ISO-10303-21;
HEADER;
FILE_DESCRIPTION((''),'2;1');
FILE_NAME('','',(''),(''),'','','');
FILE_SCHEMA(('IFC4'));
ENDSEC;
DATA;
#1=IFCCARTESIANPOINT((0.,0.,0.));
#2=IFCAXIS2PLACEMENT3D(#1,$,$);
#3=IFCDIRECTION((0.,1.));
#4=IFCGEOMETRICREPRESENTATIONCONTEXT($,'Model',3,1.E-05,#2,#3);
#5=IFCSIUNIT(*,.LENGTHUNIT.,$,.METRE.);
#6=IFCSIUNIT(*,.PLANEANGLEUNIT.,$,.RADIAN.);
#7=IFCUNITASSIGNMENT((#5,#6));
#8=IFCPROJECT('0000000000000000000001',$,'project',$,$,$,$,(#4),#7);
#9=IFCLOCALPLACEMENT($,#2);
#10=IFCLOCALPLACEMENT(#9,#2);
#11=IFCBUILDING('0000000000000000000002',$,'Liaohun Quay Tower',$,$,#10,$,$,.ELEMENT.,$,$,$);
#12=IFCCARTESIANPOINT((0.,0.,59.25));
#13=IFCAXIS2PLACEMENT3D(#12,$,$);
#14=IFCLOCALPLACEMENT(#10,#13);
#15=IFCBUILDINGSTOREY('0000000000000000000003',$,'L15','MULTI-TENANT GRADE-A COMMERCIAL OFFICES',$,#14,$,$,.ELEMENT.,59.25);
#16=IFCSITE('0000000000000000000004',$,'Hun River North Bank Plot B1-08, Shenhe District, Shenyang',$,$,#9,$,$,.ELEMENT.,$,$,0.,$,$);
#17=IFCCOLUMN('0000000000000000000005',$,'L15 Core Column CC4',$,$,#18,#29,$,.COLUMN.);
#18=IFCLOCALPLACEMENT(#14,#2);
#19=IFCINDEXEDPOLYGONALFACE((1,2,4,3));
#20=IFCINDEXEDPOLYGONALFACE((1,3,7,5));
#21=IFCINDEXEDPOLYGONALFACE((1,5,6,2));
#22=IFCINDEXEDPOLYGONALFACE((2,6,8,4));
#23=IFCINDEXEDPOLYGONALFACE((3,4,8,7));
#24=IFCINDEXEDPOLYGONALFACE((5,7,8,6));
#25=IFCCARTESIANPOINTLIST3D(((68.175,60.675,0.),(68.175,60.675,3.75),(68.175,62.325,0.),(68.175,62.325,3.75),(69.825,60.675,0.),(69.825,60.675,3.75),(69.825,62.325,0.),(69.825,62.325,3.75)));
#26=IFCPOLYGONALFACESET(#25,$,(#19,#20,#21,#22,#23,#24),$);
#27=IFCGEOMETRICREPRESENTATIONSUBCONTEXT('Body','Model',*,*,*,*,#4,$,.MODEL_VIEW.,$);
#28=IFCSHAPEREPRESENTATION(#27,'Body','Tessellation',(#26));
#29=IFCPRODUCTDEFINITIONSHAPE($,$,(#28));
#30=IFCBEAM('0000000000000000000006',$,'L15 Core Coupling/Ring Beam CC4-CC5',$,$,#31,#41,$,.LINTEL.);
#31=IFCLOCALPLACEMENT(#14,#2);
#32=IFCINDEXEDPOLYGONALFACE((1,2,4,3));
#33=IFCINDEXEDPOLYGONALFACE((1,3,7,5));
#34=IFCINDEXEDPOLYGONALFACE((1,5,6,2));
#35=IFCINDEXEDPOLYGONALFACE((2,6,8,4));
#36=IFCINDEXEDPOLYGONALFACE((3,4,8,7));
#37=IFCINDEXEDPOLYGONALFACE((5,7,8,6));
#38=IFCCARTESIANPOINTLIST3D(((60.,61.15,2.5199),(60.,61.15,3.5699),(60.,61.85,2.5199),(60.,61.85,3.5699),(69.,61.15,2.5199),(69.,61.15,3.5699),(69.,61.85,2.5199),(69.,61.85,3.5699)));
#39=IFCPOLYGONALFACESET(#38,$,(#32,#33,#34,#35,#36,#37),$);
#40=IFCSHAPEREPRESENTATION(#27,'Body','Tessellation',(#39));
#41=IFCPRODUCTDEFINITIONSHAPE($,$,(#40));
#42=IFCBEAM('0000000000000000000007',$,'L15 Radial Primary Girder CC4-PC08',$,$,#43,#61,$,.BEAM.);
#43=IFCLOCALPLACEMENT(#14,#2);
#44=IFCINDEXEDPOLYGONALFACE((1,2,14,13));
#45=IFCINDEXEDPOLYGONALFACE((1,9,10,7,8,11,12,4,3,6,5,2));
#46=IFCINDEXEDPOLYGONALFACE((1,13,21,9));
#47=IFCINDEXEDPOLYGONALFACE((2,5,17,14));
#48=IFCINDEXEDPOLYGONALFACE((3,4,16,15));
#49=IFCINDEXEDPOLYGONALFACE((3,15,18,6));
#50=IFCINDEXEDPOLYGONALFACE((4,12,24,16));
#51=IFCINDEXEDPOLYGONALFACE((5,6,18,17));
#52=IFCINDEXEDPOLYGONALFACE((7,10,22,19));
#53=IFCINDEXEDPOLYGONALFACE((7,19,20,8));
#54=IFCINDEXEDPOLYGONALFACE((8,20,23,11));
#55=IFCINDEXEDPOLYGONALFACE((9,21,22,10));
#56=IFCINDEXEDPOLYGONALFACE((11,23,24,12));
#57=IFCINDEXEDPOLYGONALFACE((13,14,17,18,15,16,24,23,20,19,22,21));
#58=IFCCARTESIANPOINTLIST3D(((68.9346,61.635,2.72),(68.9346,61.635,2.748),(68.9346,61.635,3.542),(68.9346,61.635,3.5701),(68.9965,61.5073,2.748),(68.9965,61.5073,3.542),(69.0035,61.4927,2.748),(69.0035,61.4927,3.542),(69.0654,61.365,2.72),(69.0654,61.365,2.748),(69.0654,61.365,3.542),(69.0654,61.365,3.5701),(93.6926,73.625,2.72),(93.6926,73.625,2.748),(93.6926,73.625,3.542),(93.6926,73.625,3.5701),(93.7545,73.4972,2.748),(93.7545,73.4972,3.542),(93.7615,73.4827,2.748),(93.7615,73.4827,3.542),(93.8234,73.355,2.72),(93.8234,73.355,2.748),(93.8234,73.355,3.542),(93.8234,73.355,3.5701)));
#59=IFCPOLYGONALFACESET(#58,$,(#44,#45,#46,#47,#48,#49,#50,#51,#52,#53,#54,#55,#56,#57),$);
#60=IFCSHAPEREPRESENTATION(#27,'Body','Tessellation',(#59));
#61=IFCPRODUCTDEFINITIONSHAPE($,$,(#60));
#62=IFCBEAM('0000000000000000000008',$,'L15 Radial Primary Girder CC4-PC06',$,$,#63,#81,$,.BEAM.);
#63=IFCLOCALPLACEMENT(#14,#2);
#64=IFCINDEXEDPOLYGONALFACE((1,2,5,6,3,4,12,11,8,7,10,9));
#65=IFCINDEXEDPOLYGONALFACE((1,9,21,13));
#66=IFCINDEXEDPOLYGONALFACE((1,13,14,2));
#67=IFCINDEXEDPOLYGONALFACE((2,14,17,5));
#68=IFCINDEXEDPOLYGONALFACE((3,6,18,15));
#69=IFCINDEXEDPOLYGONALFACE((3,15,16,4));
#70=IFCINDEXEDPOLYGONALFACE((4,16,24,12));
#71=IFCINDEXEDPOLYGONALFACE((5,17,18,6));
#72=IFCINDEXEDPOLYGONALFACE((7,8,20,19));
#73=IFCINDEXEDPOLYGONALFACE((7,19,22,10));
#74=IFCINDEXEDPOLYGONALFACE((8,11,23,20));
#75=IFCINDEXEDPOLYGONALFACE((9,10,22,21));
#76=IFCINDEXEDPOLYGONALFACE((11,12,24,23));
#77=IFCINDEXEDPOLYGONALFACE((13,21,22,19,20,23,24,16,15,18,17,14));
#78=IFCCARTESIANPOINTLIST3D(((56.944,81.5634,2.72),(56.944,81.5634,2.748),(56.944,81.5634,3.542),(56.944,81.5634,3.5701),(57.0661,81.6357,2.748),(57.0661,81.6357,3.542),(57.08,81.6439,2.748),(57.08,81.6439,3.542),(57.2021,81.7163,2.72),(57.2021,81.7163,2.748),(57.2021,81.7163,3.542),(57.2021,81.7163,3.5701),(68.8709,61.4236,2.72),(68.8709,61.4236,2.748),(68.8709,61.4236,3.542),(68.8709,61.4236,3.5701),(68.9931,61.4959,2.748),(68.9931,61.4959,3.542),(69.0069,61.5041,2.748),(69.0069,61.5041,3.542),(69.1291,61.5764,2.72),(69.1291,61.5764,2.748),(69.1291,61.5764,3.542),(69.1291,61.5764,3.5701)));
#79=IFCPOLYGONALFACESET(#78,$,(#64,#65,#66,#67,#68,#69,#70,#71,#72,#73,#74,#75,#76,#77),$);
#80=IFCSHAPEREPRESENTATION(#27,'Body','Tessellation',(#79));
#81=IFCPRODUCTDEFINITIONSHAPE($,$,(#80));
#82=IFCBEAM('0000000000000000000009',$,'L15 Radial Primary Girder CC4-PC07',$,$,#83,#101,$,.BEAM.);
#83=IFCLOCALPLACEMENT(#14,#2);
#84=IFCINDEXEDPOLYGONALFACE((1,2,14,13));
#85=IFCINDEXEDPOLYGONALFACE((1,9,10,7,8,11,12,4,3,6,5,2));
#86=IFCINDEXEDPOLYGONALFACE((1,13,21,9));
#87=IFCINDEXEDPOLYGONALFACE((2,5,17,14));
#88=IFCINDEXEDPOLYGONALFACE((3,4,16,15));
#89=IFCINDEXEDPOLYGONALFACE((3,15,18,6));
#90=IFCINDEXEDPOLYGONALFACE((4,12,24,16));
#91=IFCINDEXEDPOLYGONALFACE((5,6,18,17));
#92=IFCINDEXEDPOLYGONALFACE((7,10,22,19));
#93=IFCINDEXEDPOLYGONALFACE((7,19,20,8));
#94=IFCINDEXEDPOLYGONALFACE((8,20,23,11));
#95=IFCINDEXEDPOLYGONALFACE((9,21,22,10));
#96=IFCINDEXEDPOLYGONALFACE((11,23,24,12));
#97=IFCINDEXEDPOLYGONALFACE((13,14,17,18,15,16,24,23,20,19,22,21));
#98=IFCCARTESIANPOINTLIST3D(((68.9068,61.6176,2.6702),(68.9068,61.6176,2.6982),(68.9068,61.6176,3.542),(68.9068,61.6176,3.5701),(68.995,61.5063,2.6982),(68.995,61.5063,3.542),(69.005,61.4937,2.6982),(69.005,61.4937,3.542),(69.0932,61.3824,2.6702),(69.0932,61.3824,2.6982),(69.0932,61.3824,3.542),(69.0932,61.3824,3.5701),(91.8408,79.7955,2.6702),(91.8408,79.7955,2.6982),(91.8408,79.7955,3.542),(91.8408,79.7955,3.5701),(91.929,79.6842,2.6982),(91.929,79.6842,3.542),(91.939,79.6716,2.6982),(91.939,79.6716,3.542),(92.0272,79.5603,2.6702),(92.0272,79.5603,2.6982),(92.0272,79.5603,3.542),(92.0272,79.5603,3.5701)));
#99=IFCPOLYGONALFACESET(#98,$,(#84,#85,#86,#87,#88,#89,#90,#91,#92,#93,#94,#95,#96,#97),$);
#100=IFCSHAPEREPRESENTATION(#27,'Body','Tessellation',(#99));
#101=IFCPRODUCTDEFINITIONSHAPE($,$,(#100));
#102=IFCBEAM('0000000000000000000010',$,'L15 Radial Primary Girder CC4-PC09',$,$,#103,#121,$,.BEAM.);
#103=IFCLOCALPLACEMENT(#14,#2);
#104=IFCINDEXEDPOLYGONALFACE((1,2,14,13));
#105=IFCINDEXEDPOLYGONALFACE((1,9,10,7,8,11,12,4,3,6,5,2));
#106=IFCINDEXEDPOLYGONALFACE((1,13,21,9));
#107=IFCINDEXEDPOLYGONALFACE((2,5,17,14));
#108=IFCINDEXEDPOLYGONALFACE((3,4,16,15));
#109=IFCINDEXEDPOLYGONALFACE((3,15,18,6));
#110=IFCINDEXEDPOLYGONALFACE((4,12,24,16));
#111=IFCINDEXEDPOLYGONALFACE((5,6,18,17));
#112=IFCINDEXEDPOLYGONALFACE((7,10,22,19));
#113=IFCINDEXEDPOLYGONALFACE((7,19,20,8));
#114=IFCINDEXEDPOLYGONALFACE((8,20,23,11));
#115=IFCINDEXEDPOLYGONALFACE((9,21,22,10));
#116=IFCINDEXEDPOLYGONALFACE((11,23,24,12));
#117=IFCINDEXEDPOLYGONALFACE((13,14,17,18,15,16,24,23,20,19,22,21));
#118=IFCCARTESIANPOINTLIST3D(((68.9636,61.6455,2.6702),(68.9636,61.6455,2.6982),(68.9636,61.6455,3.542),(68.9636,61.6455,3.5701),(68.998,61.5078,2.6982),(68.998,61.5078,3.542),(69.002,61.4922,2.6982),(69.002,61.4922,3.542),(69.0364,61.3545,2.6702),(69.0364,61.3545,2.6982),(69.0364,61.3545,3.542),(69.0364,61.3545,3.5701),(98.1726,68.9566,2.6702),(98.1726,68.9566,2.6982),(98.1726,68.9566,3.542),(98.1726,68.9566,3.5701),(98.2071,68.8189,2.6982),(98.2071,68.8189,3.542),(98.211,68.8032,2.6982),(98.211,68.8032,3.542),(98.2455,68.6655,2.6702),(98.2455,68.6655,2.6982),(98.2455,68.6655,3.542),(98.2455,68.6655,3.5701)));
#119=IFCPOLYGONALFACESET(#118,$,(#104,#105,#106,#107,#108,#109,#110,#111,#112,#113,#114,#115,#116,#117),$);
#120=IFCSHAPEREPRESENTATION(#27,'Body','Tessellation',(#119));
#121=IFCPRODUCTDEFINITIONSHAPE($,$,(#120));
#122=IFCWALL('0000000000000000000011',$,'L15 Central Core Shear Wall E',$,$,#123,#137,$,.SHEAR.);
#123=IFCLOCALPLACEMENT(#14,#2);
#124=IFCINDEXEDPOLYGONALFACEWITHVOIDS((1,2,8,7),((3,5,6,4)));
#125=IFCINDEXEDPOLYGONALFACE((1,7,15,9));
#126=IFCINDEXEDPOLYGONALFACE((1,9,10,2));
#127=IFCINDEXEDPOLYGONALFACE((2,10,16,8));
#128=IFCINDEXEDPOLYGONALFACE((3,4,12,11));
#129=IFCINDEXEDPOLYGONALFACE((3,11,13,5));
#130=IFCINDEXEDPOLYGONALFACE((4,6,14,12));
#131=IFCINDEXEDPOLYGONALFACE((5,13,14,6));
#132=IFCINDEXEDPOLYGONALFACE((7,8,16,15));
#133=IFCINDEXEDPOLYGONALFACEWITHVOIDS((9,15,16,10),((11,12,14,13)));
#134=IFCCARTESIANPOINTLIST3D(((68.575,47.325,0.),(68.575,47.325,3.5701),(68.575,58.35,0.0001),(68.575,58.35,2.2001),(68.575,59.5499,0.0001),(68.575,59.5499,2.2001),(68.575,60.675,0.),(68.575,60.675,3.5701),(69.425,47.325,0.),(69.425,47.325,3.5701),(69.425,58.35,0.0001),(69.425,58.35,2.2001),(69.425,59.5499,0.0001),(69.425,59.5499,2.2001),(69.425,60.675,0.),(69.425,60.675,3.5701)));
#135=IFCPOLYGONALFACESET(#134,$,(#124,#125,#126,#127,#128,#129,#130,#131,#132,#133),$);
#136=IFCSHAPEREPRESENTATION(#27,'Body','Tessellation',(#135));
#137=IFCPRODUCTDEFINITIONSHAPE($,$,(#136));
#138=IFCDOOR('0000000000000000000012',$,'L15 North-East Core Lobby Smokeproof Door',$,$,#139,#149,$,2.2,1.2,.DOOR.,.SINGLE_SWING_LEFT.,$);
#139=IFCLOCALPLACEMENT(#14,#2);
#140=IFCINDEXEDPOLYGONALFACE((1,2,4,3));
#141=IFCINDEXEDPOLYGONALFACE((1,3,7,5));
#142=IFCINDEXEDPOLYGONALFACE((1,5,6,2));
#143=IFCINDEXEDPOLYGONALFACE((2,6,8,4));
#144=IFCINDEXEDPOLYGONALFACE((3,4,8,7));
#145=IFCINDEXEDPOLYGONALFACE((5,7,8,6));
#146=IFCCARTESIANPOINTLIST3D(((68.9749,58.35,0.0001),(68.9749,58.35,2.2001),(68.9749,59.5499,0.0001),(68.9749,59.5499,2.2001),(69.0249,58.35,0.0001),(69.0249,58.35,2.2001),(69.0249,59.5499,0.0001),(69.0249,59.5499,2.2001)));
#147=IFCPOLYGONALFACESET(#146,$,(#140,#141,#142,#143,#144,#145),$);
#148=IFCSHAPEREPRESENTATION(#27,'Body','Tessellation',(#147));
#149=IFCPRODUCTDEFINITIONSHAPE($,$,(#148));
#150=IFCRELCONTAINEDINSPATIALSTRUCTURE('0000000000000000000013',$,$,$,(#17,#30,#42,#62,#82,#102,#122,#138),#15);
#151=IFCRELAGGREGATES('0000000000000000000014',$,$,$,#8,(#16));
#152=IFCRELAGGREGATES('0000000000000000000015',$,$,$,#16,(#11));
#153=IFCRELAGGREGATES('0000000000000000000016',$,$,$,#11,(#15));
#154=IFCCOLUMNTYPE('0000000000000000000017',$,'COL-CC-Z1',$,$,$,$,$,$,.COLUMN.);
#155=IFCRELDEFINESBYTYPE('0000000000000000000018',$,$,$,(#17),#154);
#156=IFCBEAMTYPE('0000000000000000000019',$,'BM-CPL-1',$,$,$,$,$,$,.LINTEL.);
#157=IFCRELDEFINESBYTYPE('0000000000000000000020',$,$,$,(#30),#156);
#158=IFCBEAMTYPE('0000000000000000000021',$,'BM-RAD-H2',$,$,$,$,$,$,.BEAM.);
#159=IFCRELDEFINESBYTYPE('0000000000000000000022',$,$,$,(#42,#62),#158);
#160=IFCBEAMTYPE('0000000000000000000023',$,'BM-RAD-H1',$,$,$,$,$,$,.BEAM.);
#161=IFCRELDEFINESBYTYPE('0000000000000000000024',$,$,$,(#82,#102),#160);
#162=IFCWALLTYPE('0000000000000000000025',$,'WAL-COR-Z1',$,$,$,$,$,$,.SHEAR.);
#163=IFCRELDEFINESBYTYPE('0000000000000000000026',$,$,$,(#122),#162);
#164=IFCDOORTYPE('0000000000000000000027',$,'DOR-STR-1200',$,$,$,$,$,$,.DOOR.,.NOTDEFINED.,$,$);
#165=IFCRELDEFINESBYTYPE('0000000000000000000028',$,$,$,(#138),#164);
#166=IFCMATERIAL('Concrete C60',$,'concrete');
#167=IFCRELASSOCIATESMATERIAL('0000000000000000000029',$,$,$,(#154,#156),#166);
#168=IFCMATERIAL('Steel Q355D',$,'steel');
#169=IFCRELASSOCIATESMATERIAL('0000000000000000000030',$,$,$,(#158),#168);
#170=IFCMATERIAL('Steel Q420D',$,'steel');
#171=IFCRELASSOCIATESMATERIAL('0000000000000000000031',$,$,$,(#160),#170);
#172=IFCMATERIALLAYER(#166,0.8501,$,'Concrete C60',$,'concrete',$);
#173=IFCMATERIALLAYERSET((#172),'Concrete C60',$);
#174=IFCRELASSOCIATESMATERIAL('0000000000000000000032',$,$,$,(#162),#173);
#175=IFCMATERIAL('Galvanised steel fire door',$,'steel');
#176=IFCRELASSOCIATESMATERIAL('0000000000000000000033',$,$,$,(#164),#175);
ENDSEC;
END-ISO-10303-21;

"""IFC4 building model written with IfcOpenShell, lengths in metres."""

from ifc_helpers import new_model, si_unit, direction, frame, frame_2d, origin, origin_2d, place, context, subcontext, project, spatial, rectangle, i_section, extrude, source, transform, mapped, material, layer, layer_set, material_profile, profile_set, type_object, element, fill, save


model = new_model("IFC4")

# Units and contexts
model_context = context("Model", 3, precision=1e-05, world=origin(), true_north=direction((0.0, 1.0)))
body_context = subcontext(model_context, "Body", "Model", "MODEL_VIEW")
ifc_project = project(units=[si_unit("LENGTHUNIT", "METRE"), si_unit("PLANEANGLEUNIT", "RADIAN")], contexts=[model_context])

# Site, building, storey
site_placement = place(None, origin())
site = spatial("IfcSite", under=ifc_project, at=site_placement, Name="Hun River North Bank Plot B1-08, Shenhe District, Shenyang", CompositionType="ELEMENT", RefElevation=0.0)
building_placement = place(site_placement, origin())
building = spatial("IfcBuilding", under=site, at=building_placement, Name="Liaohun Quay Tower", CompositionType="ELEMENT")
storey_placement = place(building_placement, frame((0.0, 0.0, 59.25)))
storey = spatial("IfcBuildingStorey", under=building, at=storey_placement, Name="L15", Description="MULTI-TENANT GRADE-A COMMERCIAL OFFICES", CompositionType="ELEMENT", Elevation=59.25)

# Column
ifc_material_1 = material(Name="Concrete C60", Category="concrete")
ifc_material_profile_1 = material_profile(ifc_material_1, rectangle(XDim=1.6499, YDim=1.6499, at=origin_2d()), Name="RC1650x1650")
ifc_profile_set_1 = profile_set([ifc_material_profile_1], Name="Concrete C60")
column_type = type_object("IfcColumnType", Name="COL-CC-Z1", PredefinedType="COLUMN", material=ifc_profile_set_1)
shared_shape_1 = source(origin(), body_context, "Body", "SweptSolid", [
    extrude(rectangle(XDim=1.6499, YDim=1.6499, at=origin_2d()), origin(), (0.0, 0.0, 1.0), 3.75),
])
column_placement = place(storey_placement, frame((69.0, 61.5, 0.0), z_axis=(0.0, 0.0, 1.0), x_axis=(1.0, 0.0, 0.0)))
element("IfcColumn", 1, at=column_placement, inside=storey, type_object=column_type, Name="L15 Core Column CC4", PredefinedType="COLUMN", context=body_context, shape_type="MappedRepresentation", body=[
    mapped(shared_shape_1, transform((0.0, 0.0, 0.0), x_axis=(1.0, 0.0, 0.0), y_axis=(0.0, 1.0, 0.0), z_axis=(0.0, 0.0, 1.0), scale=1.0)),
])

# Beams
ifc_material_profile_2 = material_profile(ifc_material_1, rectangle(XDim=0.7, YDim=1.05, at=origin_2d()), Name="RC700x1050")
ifc_profile_set_2 = profile_set([ifc_material_profile_2], Name="Concrete C60")
beam_type_1 = type_object("IfcBeamType", Name="BM-CPL-1", PredefinedType="LINTEL", material=ifc_profile_set_2)
shared_shape_2 = source(origin(), body_context, "Body", "SweptSolid", [
    extrude(rectangle(XDim=0.7, YDim=1.05, at=origin_2d()), origin(), (0.0, 0.0, 1.0), 9.0),
])
beam_1_placement = place(storey_placement, frame((69.0, 61.5, 3.0449), z_axis=(-1.0, 0.0, 0.0), x_axis=(0.0, -1.0, 0.0)))
element("IfcBeam", 2, at=beam_1_placement, inside=storey, type_object=beam_type_1, Name="L15 Core Coupling/Ring Beam CC4-CC5", PredefinedType="LINTEL", context=body_context, shape_type="MappedRepresentation", body=[
    mapped(shared_shape_2, transform((0.0, 0.0, 0.0), x_axis=(1.0, 0.0, 0.0), y_axis=(0.0, 1.0, 0.0), z_axis=(0.0, 0.0, 1.0), scale=1.0)),
])
ifc_material_2 = material(Name="Steel Q355D", Category="steel")
ifc_material_profile_3 = material_profile(ifc_material_2, i_section(OverallWidth=0.3, OverallDepth=0.8501, WebThickness=0.0161, FlangeThickness=0.0281, at=origin_2d()), Name="HN850x300x16x28")
ifc_profile_set_3 = profile_set([ifc_material_profile_3], Name="Steel Q355D")
beam_type_2 = type_object("IfcBeamType", Name="BM-RAD-H2", PredefinedType="BEAM", material=ifc_profile_set_3)
shared_shape_3 = source(origin(), body_context, "Body", "SweptSolid", [
    extrude(i_section(OverallWidth=0.3, OverallDepth=0.8501, WebThickness=0.0161, FlangeThickness=0.0281, at=origin_2d()), origin(), (0.0, 0.0, 1.0), 27.5085),
])
beam_2_placement = place(storey_placement, frame((69.0, 61.5, 3.145), z_axis=(0.900013, 0.435864, 0.0), x_axis=(-0.435864, 0.900013, 0.0)))
element("IfcBeam", 3, at=beam_2_placement, inside=storey, type_object=beam_type_2, Name="L15 Radial Primary Girder CC4-PC08", PredefinedType="BEAM", context=body_context, shape_type="MappedRepresentation", body=[
    mapped(shared_shape_3, transform((0.0, 0.0, 0.0), x_axis=(1.0, 0.0, 0.0), y_axis=(0.0, 1.0, 0.0), z_axis=(0.0, 0.0, 1.0), scale=1.0)),
])
shared_shape_4 = source(origin(), body_context, "Body", "SweptSolid", [
    extrude(i_section(OverallWidth=0.3, OverallDepth=0.8501, WebThickness=0.0161, FlangeThickness=0.0281, at=origin_2d()), origin(), (0.0, 0.0, 1.0), 23.4065),
])
beam_3_placement = place(storey_placement, frame((69.0, 61.5, 3.145), z_axis=(-0.509557, 0.860437, 0.0), x_axis=(-0.860437, -0.509557, 0.0)))
element("IfcBeam", 4, at=beam_3_placement, inside=storey, type_object=beam_type_2, Name="L15 Radial Primary Girder CC4-PC06", PredefinedType="BEAM", context=body_context, shape_type="MappedRepresentation", body=[
    mapped(shared_shape_4, transform((0.0, 0.0, 0.0), x_axis=(1.0, 0.0, 0.0), y_axis=(0.0, 1.0, 0.0), z_axis=(0.0, 0.0, 1.0), scale=1.0)),
])
ifc_material_3 = material(Name="Steel Q420D", Category="steel")
ifc_material_profile_4 = material_profile(ifc_material_3, i_section(OverallWidth=0.3, OverallDepth=0.8999, WebThickness=0.0161, FlangeThickness=0.0281, at=origin_2d()), Name="HN900x300x16x28")
ifc_profile_set_4 = profile_set([ifc_material_profile_4], Name="Steel Q420D")
beam_type_3 = type_object("IfcBeamType", Name="BM-RAD-H1", PredefinedType="BEAM", material=ifc_profile_set_4)
shared_shape_5 = source(origin(), body_context, "Body", "SweptSolid", [
    extrude(i_section(OverallWidth=0.3, OverallDepth=0.8999, WebThickness=0.0161, FlangeThickness=0.0281, at=origin_2d()), origin(), (0.0, 0.0, 1.0), 29.2644),
])
beam_4_placement = place(storey_placement, frame((69.0, 61.5, 3.1201), z_axis=(0.783683, 0.621161, 0.0), x_axis=(-0.621161, 0.783683, 0.0)))
element("IfcBeam", 5, at=beam_4_placement, inside=storey, type_object=beam_type_3, Name="L15 Radial Primary Girder CC4-PC07", PredefinedType="BEAM", context=body_context, shape_type="MappedRepresentation", body=[
    mapped(shared_shape_5, transform((0.0, 0.0, 0.0), x_axis=(1.0, 0.0, 0.0), y_axis=(0.0, 1.0, 0.0), z_axis=(0.0, 0.0, 1.0), scale=1.0)),
])
shared_shape_6 = source(origin(), body_context, "Body", "SweptSolid", [
    extrude(i_section(OverallWidth=0.3, OverallDepth=0.8999, WebThickness=0.0161, FlangeThickness=0.0281, at=origin_2d()), origin(), (0.0, 0.0, 1.0), 30.1101),
])
beam_5_placement = place(storey_placement, frame((69.0, 61.5, 3.1201), z_axis=(0.970074, 0.24281, 0.0), x_axis=(-0.24281, 0.970074, 0.0)))
element("IfcBeam", 6, at=beam_5_placement, inside=storey, type_object=beam_type_3, Name="L15 Radial Primary Girder CC4-PC09", PredefinedType="BEAM", context=body_context, shape_type="MappedRepresentation", body=[
    mapped(shared_shape_6, transform((0.0, 0.0, 0.0), x_axis=(1.0, 0.0, 0.0), y_axis=(0.0, 1.0, 0.0), z_axis=(0.0, 0.0, 1.0), scale=1.0)),
])

# Wall, opening, door
ifc_layer_1 = layer(ifc_material_1, 0.8501, Name="Concrete C60", Category="concrete")
ifc_layer_set_1 = layer_set([ifc_layer_1], Name="Concrete C60")
wall_type_1 = type_object("IfcWallType", Name="WAL-COR-Z1", PredefinedType="SHEAR", material=ifc_layer_set_1)
wall_1_placement = place(storey_placement, frame((69.0, 60.675, 0.0), z_axis=(0.0, 0.0, 1.0), x_axis=(0.0, -1.0, 0.0)))
wall_1 = element("IfcWall", 7, at=wall_1_placement, inside=storey, type_object=wall_type_1, Name="L15 Central Core Shear Wall E", PredefinedType="SHEAR", context=body_context, shape_type="SweptSolid", body=[
    extrude(rectangle(XDim=13.3501, YDim=0.8501, at=frame_2d((6.675, 0.0))), origin(), (0.0, 0.0, 1.0), 3.5701),
])
shared_shape_7 = source(origin(), body_context, "Body", "SweptSolid", [
    extrude(rectangle(XDim=1.2, YDim=2.2, at=frame_2d((0.6001, 1.1001))), frame((0.0, 0.4351, 0.0), z_axis=(0.0, -1.0, 0.0), x_axis=(1.0, 0.0, 0.0)), (0.0, 0.0, 1.0), 0.8701),
])
opening_1_placement = place(wall_1_placement, frame((1.125, 0.0, 0.0)))
opening_1 = element("IfcOpeningElement", 8, at=opening_1_placement, cuts=wall_1, PredefinedType="OPENING", context=body_context, shape_type="MappedRepresentation", body=[
    mapped(shared_shape_7, transform((0.0, 0.0, 0.0), x_axis=(1.0, 0.0, 0.0), y_axis=(0.0, 1.0, 0.0), z_axis=(0.0, 0.0, 1.0), scale=1.0)),
])
ifc_material_4 = material(Name="Galvanised steel fire door", Category="steel")
door_type_1 = type_object("IfcDoorType", Name="DOR-STR-1200", OperationType="NOTDEFINED", PredefinedType="DOOR", material=ifc_material_4)
shared_shape_8 = source(origin(), body_context, "Body", "SweptSolid", [
    extrude(rectangle(XDim=1.2, YDim=2.2, at=frame_2d((0.6001, 1.1001))), frame((0.0, 0.0249, 0.0), z_axis=(0.0, -1.0, 0.0), x_axis=(1.0, 0.0, 0.0)), (0.0, 0.0, 1.0), 0.05),
])
door_1_placement = place(opening_1_placement, origin())
door_1 = element("IfcDoor", 9, at=door_1_placement, inside=storey, type_object=door_type_1, Name="L15 North-East Core Lobby Smokeproof Door", OperationType="SINGLE_SWING_LEFT", OverallHeight=2.2, OverallWidth=1.2, PredefinedType="DOOR", context=body_context, shape_type="MappedRepresentation", body=[
    mapped(shared_shape_8, transform((0.0, 0.0, 0.0), x_axis=(1.0, 0.0, 0.0), y_axis=(0.0, 1.0, 0.0), z_axis=(0.0, 0.0, 1.0), scale=1.0)),
])
fill(opening_1, door_1)

save(model, "model.ifc")
